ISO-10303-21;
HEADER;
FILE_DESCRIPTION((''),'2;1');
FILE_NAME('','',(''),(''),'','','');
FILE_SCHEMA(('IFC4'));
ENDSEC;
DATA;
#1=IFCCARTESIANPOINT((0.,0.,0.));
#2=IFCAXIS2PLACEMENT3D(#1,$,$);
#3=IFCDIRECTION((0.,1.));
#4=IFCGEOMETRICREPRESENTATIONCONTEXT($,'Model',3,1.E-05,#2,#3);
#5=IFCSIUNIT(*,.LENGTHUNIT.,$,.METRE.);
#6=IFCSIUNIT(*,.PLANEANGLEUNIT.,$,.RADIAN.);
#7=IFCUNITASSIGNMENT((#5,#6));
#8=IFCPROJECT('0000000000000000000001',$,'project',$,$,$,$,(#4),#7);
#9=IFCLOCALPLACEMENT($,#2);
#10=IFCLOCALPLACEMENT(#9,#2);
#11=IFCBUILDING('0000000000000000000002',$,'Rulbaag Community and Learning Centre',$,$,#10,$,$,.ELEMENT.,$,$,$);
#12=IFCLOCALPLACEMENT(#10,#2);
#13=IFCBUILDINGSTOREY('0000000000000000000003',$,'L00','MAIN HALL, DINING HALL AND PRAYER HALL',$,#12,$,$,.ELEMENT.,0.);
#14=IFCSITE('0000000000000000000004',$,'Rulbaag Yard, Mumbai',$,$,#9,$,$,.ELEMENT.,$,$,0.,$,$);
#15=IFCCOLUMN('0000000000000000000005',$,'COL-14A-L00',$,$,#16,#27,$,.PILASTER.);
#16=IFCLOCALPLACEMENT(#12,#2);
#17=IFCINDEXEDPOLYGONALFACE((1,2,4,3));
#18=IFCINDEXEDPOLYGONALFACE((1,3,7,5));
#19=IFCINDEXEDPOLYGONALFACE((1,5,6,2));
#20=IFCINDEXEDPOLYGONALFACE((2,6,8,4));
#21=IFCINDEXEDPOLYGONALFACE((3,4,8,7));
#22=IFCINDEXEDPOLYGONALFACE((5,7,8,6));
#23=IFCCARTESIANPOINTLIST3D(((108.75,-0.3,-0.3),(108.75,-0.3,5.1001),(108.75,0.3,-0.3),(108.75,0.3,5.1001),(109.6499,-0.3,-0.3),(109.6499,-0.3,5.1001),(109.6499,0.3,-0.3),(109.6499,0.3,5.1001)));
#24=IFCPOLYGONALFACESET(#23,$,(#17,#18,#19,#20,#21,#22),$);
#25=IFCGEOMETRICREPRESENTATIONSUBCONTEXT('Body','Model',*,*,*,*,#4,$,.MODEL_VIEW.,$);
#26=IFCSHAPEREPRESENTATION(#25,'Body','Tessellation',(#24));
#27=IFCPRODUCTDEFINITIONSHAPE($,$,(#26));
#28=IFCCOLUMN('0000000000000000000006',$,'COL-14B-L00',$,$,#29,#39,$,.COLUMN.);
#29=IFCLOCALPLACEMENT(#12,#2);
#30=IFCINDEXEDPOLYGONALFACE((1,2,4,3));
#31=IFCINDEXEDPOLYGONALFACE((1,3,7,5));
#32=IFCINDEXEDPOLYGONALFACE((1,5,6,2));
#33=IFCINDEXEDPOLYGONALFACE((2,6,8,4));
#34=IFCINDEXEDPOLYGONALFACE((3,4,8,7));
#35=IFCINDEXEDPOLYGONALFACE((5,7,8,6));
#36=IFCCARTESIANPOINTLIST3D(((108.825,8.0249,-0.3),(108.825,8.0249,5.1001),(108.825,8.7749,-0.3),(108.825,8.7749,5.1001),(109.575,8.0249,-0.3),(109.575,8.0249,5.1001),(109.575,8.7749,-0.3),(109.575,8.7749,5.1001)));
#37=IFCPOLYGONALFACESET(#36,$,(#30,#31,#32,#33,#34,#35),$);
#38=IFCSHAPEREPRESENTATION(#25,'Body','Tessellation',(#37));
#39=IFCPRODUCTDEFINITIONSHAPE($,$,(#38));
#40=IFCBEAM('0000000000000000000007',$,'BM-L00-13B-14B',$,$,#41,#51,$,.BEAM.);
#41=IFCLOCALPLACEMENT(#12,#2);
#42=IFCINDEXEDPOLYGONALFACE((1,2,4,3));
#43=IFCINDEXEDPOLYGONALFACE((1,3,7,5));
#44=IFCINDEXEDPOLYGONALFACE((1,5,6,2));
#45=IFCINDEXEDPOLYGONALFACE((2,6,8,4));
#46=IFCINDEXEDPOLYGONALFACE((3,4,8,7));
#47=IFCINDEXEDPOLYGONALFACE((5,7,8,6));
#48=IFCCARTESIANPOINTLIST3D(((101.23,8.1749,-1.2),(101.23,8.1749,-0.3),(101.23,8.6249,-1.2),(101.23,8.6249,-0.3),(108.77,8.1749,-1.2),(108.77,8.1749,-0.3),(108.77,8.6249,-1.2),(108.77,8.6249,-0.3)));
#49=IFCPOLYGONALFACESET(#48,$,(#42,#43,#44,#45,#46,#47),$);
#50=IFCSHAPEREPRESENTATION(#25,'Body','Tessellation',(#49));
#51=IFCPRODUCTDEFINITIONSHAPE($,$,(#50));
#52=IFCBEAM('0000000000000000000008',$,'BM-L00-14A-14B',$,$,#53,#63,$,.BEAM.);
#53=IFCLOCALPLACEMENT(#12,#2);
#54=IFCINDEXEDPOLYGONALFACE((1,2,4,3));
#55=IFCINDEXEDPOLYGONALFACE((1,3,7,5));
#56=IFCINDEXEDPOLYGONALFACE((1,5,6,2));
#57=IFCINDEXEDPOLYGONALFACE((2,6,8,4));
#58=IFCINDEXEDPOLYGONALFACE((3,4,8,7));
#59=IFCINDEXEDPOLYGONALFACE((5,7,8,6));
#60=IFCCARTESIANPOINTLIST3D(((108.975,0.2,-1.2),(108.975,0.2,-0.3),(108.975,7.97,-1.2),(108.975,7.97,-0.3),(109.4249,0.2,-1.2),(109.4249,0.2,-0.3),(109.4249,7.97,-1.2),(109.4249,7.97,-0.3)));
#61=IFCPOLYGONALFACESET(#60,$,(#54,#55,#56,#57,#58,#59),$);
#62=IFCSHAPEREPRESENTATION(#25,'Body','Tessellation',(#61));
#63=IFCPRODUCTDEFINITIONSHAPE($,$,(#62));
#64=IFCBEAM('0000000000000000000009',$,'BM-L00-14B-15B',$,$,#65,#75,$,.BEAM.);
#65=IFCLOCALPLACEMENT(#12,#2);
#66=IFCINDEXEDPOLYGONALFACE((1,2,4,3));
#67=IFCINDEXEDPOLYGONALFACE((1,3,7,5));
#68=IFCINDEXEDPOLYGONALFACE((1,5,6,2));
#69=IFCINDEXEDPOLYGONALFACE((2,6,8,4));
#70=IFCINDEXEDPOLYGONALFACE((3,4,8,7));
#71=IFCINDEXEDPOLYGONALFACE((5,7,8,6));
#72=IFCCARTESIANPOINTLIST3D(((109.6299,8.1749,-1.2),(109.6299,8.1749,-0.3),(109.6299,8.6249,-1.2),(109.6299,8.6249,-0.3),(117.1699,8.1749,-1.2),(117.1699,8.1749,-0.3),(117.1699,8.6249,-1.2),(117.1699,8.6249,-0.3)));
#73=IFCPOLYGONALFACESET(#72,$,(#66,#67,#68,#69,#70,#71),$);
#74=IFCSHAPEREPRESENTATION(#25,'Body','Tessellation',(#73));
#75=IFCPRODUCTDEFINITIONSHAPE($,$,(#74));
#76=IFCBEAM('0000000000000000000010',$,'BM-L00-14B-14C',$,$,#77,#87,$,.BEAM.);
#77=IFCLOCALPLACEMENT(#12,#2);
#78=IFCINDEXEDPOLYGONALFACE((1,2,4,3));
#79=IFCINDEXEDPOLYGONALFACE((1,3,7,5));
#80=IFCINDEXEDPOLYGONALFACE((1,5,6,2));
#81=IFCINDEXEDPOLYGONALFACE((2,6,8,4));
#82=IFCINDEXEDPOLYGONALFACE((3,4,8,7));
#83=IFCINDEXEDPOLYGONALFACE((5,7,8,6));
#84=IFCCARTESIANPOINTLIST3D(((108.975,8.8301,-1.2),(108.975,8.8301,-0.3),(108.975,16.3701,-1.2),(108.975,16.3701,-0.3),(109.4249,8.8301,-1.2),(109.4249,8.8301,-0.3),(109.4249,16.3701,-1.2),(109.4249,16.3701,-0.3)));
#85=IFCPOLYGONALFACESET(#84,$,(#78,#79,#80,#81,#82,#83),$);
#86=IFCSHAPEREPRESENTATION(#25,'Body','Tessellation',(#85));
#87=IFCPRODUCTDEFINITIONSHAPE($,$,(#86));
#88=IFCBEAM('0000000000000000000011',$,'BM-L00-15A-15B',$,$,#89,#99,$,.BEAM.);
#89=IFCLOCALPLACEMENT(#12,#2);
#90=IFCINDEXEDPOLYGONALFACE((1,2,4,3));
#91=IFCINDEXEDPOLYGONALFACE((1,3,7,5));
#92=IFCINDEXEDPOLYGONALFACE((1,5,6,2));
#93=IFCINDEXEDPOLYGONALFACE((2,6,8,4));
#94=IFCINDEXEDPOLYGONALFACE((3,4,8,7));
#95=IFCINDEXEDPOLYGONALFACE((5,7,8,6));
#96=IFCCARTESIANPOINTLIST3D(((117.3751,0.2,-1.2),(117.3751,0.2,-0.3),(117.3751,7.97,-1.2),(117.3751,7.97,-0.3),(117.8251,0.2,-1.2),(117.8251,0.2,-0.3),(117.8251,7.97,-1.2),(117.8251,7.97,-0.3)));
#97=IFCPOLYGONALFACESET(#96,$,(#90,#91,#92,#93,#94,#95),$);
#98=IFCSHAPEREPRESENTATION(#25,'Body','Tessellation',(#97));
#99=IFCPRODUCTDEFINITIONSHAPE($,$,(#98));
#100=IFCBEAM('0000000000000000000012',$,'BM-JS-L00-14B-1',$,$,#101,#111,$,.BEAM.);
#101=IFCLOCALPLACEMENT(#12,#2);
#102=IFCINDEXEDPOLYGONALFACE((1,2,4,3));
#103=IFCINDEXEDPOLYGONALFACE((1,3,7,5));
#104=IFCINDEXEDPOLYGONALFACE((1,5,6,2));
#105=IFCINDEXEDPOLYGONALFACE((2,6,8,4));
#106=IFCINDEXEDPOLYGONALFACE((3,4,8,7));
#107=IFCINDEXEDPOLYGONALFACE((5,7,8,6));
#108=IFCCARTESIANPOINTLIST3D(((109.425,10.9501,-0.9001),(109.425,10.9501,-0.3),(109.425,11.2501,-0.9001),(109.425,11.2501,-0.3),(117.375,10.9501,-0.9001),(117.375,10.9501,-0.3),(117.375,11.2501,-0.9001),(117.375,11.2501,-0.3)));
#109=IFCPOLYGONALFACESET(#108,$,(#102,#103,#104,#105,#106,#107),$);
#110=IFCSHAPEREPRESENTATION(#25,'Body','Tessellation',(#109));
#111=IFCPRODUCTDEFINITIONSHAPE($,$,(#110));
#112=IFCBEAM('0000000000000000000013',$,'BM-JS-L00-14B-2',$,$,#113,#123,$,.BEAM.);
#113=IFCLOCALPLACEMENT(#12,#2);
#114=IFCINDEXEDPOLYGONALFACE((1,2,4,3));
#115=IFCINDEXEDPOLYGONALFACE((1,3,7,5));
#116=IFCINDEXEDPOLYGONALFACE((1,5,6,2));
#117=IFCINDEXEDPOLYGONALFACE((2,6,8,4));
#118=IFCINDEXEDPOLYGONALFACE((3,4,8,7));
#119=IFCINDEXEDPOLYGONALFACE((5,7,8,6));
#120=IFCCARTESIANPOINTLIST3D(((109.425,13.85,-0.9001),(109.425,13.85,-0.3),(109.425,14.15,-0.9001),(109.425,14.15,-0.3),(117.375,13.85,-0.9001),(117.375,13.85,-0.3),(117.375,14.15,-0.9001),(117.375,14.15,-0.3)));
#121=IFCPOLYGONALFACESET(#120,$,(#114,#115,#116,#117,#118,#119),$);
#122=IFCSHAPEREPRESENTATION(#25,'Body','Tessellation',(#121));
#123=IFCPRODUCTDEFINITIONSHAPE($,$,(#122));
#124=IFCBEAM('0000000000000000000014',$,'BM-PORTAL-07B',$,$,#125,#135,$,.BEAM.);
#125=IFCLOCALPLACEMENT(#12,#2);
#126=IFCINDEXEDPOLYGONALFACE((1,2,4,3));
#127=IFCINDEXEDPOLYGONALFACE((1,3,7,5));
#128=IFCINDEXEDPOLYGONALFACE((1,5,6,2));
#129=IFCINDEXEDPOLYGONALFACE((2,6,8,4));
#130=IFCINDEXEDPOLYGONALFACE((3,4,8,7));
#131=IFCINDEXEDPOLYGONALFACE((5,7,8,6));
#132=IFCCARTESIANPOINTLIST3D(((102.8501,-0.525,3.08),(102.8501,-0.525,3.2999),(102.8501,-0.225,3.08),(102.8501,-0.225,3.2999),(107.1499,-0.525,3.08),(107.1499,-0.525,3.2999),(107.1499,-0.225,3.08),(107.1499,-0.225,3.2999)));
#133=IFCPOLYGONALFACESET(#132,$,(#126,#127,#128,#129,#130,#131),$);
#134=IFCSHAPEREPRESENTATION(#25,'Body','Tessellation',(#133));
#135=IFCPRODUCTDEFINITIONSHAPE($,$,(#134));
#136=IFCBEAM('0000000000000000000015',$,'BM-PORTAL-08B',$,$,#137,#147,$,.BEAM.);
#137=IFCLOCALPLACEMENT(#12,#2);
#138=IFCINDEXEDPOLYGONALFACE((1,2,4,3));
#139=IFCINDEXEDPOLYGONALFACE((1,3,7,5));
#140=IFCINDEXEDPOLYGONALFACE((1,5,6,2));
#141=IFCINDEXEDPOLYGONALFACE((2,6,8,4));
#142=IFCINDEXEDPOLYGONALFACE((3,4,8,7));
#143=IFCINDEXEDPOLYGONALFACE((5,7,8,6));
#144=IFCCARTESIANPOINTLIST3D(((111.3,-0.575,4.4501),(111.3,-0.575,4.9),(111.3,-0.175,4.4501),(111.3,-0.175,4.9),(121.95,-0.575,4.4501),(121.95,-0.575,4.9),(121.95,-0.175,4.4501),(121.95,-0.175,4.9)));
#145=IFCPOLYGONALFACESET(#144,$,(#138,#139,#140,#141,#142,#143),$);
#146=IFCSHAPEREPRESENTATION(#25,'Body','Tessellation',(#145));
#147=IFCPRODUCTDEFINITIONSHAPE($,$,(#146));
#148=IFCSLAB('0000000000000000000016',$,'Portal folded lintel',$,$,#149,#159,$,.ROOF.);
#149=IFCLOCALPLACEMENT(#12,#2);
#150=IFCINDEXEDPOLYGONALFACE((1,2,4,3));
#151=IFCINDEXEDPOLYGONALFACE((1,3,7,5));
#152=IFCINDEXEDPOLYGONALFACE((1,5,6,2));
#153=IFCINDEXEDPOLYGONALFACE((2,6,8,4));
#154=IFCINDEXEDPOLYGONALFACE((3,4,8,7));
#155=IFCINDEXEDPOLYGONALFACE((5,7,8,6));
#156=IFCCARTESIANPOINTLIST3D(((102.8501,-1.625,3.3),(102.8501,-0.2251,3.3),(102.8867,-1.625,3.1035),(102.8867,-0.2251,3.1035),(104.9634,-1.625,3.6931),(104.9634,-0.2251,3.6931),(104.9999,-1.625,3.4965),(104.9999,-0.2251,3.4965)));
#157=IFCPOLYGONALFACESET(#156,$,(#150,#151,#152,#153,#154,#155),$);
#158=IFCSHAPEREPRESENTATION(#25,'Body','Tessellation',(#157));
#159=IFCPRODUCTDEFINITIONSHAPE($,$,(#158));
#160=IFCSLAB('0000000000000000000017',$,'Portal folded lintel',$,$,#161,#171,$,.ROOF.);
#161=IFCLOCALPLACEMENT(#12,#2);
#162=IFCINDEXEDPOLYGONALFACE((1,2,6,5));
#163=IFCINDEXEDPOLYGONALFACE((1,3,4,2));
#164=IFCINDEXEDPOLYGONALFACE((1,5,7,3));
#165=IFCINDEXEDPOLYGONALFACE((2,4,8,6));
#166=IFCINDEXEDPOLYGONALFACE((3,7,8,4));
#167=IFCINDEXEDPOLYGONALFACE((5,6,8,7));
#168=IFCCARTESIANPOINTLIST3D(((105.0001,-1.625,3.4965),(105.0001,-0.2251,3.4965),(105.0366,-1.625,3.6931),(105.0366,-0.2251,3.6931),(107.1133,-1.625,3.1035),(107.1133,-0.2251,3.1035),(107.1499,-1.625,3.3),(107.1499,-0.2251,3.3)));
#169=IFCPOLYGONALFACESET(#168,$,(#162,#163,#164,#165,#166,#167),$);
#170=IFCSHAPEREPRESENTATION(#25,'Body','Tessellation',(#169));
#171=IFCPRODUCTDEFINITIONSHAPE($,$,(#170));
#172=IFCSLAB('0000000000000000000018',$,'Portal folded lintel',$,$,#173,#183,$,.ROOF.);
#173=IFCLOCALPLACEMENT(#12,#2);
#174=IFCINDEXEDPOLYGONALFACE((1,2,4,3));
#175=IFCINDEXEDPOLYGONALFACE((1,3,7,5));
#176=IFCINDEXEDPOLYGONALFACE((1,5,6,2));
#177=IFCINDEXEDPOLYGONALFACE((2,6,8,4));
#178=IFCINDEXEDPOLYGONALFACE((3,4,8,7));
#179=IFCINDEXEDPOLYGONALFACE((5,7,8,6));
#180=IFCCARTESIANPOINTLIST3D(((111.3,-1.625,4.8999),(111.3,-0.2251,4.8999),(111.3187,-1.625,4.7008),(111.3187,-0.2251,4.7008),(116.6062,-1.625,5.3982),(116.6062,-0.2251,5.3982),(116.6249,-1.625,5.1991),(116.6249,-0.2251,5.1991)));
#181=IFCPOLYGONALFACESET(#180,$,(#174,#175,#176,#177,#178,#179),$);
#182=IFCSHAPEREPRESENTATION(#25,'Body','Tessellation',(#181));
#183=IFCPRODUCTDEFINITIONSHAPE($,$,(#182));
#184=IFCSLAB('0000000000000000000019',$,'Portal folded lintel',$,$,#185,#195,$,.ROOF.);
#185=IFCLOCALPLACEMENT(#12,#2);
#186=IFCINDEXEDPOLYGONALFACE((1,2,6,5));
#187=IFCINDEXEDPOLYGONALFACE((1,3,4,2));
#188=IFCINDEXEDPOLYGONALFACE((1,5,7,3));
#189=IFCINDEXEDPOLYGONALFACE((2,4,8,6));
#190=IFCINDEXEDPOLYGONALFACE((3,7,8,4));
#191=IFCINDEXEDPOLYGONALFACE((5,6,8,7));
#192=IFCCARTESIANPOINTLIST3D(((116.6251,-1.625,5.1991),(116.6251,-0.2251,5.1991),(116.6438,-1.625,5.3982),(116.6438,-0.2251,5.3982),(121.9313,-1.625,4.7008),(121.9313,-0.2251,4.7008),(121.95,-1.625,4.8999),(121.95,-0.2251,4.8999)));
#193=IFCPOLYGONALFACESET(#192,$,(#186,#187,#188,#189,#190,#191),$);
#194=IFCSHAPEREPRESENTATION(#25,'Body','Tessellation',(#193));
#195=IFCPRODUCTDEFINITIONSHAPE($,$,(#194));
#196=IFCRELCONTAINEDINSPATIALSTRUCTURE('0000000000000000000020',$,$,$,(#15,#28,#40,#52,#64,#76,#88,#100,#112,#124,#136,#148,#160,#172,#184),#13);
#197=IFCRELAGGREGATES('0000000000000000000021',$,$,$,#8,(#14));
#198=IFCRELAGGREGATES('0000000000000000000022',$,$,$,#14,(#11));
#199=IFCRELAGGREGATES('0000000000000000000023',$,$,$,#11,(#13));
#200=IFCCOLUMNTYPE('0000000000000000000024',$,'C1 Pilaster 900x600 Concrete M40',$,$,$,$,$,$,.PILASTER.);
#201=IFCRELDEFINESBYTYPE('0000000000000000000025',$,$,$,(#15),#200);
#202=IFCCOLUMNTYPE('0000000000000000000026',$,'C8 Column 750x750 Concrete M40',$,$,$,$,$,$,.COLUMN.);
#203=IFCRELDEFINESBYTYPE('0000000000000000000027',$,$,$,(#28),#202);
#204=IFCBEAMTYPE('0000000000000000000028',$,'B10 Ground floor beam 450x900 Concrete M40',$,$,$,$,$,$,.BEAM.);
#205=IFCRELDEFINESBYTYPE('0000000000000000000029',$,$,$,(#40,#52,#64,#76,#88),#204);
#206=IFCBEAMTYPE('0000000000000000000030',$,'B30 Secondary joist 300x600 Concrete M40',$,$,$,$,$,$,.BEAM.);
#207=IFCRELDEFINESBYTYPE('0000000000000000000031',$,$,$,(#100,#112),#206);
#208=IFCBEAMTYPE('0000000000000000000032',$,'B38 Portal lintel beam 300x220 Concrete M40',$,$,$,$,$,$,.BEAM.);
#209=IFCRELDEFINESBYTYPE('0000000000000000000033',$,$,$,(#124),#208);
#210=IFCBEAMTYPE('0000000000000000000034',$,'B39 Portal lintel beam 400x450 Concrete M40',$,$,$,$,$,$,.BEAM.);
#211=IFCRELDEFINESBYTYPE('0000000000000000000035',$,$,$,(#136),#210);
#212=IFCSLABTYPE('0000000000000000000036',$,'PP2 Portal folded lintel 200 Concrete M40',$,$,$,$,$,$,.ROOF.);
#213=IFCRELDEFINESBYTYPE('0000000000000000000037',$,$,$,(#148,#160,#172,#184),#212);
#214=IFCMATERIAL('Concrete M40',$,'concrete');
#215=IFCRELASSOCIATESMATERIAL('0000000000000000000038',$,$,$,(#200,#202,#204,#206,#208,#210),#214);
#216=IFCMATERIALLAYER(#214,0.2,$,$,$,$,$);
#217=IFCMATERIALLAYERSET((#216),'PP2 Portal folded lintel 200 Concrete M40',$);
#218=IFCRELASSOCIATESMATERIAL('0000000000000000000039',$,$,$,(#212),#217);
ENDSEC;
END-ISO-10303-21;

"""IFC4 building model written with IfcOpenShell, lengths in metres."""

from ifc_helpers import new_model, si_unit, direction, frame, origin, origin_2d, place, context, subcontext, project, spatial, polyline, rectangle, outline, extrude, material, layer, layer_set, material_profile, profile_set, type_object, element, save


model = new_model("IFC4")

# Units and contexts
model_context = context("Model", 3, precision=1e-05, world=origin(), true_north=direction((0.0, 1.0)))
body_context = subcontext(model_context, "Body", "Model", "MODEL_VIEW")
ifc_project = project(units=[si_unit("LENGTHUNIT", "METRE"), si_unit("PLANEANGLEUNIT", "RADIAN")], contexts=[model_context])

# Site, building, storey
site_placement = place(None, origin())
site = spatial("IfcSite", under=ifc_project, at=site_placement, Name="Rulbaag Yard, Mumbai", CompositionType="ELEMENT", RefElevation=0.0)
building_placement = place(site_placement, origin())
building = spatial("IfcBuilding", under=site, at=building_placement, Name="Rulbaag Community and Learning Centre", CompositionType="ELEMENT")
storey_placement = place(building_placement, origin())
storey = spatial("IfcBuildingStorey", under=building, at=storey_placement, Name="L00", Description="MAIN HALL, DINING HALL AND PRAYER HALL", CompositionType="ELEMENT", Elevation=0.0)

# Columns
ifc_material_1 = material(Name="Concrete M40", Category="concrete")
ifc_material_profile_1 = material_profile(ifc_material_1, rectangle(XDim=0.8999, YDim=0.6001, at=origin_2d()), Name="RC900x600")
ifc_profile_set_1 = profile_set([ifc_material_profile_1], Name="Concrete M40")
column_type_1 = type_object("IfcColumnType", Name="C1 Pilaster 900x600 Concrete M40", PredefinedType="PILASTER", material=ifc_profile_set_1)
column_1_placement = place(storey_placement, frame((109.2, 0.0, -0.3), z_axis=(0.0, 0.0, 1.0), x_axis=(1.0, 0.0, 0.0)))
element("IfcColumn", 1, at=column_1_placement, inside=storey, type_object=column_type_1, Name="COL-14A-L00", PredefinedType="PILASTER", context=body_context, shape_type="SweptSolid", body=[
    extrude(rectangle(XDim=0.8999, YDim=0.6001, at=origin_2d()), origin(), (0.0, 0.0, 1.0), 5.4001),
])
ifc_material_profile_2 = material_profile(ifc_material_1, rectangle(XDim=0.75, YDim=0.75, at=origin_2d()), Name="RC750x750")
ifc_profile_set_2 = profile_set([ifc_material_profile_2], Name="Concrete M40")
column_type_2 = type_object("IfcColumnType", Name="C8 Column 750x750 Concrete M40", PredefinedType="COLUMN", material=ifc_profile_set_2)
column_2_placement = place(storey_placement, frame((109.2, 8.3999, -0.3), z_axis=(0.0, 0.0, 1.0), x_axis=(1.0, 0.0, 0.0)))
element("IfcColumn", 2, at=column_2_placement, inside=storey, type_object=column_type_2, Name="COL-14B-L00", PredefinedType="COLUMN", context=body_context, shape_type="SweptSolid", body=[
    extrude(rectangle(XDim=0.75, YDim=0.75, at=origin_2d()), origin(), (0.0, 0.0, 1.0), 5.4001),
])

# Beams
ifc_material_profile_3 = material_profile(ifc_material_1, rectangle(XDim=0.45, YDim=0.8999, at=origin_2d()), Name="RB450x900")
ifc_profile_set_3 = profile_set([ifc_material_profile_3], Name="Concrete M40")
beam_type_1 = type_object("IfcBeamType", Name="B10 Ground floor beam 450x900 Concrete M40", PredefinedType="BEAM", material=ifc_profile_set_3)
beam_1_placement = place(storey_placement, frame((101.23, 8.3999, -0.75), z_axis=(1.0, 0.0, 0.0), x_axis=(0.0, 1.0, 0.0)))
element("IfcBeam", 3, at=beam_1_placement, inside=storey, type_object=beam_type_1, Name="BM-L00-13B-14B", PredefinedType="BEAM", context=body_context, shape_type="SweptSolid", body=[
    extrude(rectangle(XDim=0.45, YDim=0.8999, at=origin_2d()), origin(), (0.0, 0.0, 1.0), 7.54),
])
beam_2_placement = place(storey_placement, frame((109.2, 0.2, -0.75), z_axis=(0.0, 1.0, 0.0), x_axis=(-1.0, 0.0, 0.0)))
element("IfcBeam", 4, at=beam_2_placement, inside=storey, type_object=beam_type_1, Name="BM-L00-14A-14B", PredefinedType="BEAM", context=body_context, shape_type="SweptSolid", body=[
    extrude(rectangle(XDim=0.45, YDim=0.8999, at=origin_2d()), origin(), (0.0, 0.0, 1.0), 7.77),
])
for number, where, z_axis, x_axis, name in (
    (5, (109.6299, 8.3999, -0.75), (1.0, 0.0, 0.0), (0.0, 1.0, 0.0), "BM-L00-14B-15B"),
    (6, (109.2, 8.8301, -0.75), (0.0, 1.0, 0.0), (-1.0, 0.0, 0.0), "BM-L00-14B-14C"),
):
    element("IfcBeam", number, at=place(storey_placement, frame(where, z_axis=z_axis, x_axis=x_axis)), inside=storey, type_object=beam_type_1, Name=name, PredefinedType="BEAM", context=body_context, shape_type="SweptSolid", body=[
        extrude(rectangle(XDim=0.45, YDim=0.8999, at=origin_2d()), origin(), (0.0, 0.0, 1.0), 7.54),
    ])
beam_3_placement = place(storey_placement, frame((117.6001, 0.2, -0.75), z_axis=(0.0, 1.0, 0.0), x_axis=(-1.0, 0.0, 0.0)))
element("IfcBeam", 7, at=beam_3_placement, inside=storey, type_object=beam_type_1, Name="BM-L00-15A-15B", PredefinedType="BEAM", context=body_context, shape_type="SweptSolid", body=[
    extrude(rectangle(XDim=0.45, YDim=0.8999, at=origin_2d()), origin(), (0.0, 0.0, 1.0), 7.77),
])
ifc_material_profile_4 = material_profile(ifc_material_1, rectangle(XDim=0.3, YDim=0.6001, at=origin_2d()), Name="RB300x600")
ifc_profile_set_4 = profile_set([ifc_material_profile_4], Name="Concrete M40")
beam_type_2 = type_object("IfcBeamType", Name="B30 Secondary joist 300x600 Concrete M40", PredefinedType="BEAM", material=ifc_profile_set_4)
for number, where, z_axis, x_axis, name in (
    (8, (109.425, 11.1001, -0.6001), (1.0, 0.0, 0.0), (0.0, 1.0, 0.0), "BM-JS-L00-14B-1"),
    (9, (109.425, 14.0, -0.6001), (1.0, 0.0, 0.0), (0.0, 1.0, 0.0), "BM-JS-L00-14B-2"),
):
    element("IfcBeam", number, at=place(storey_placement, frame(where, z_axis=z_axis, x_axis=x_axis)), inside=storey, type_object=beam_type_2, Name=name, PredefinedType="BEAM", context=body_context, shape_type="SweptSolid", body=[
        extrude(rectangle(XDim=0.3, YDim=0.6001, at=origin_2d()), origin(), (0.0, 0.0, 1.0), 7.95),
    ])
ifc_material_profile_5 = material_profile(ifc_material_1, rectangle(XDim=0.3, YDim=0.22, at=origin_2d()), Name="RB300x220")
ifc_profile_set_5 = profile_set([ifc_material_profile_5], Name="Concrete M40")
beam_type_3 = type_object("IfcBeamType", Name="B38 Portal lintel beam 300x220 Concrete M40", PredefinedType="BEAM", material=ifc_profile_set_5)
beam_4_placement = place(storey_placement, frame((102.8501, -0.375, 3.1899), z_axis=(1.0, 0.0, 0.0), x_axis=(0.0, 1.0, 0.0)))
element("IfcBeam", 10, at=beam_4_placement, inside=storey, type_object=beam_type_3, Name="BM-PORTAL-07B", PredefinedType="BEAM", context=body_context, shape_type="SweptSolid", body=[
    extrude(rectangle(XDim=0.3, YDim=0.22, at=origin_2d()), origin(), (0.0, 0.0, 1.0), 4.2998),
])
ifc_material_profile_6 = material_profile(ifc_material_1, rectangle(XDim=0.3999, YDim=0.45, at=origin_2d()), Name="RB400x450")
ifc_profile_set_6 = profile_set([ifc_material_profile_6], Name="Concrete M40")
beam_type_4 = type_object("IfcBeamType", Name="B39 Portal lintel beam 400x450 Concrete M40", PredefinedType="BEAM", material=ifc_profile_set_6)
beam_5_placement = place(storey_placement, frame((111.3, -0.375, 4.675), z_axis=(1.0, 0.0, 0.0), x_axis=(0.0, 1.0, 0.0)))
element("IfcBeam", 11, at=beam_5_placement, inside=storey, type_object=beam_type_4, Name="BM-PORTAL-08B", PredefinedType="BEAM", context=body_context, shape_type="SweptSolid", body=[
    extrude(rectangle(XDim=0.3999, YDim=0.45, at=origin_2d()), origin(), (0.0, 0.0, 1.0), 10.6499),
])

# Slabs
ifc_layer_1 = layer(ifc_material_1, 0.2)
ifc_layer_set_1 = layer_set([ifc_layer_1], Name="PP2 Portal folded lintel 200 Concrete M40")
slab_type = type_object("IfcSlabType", Name="PP2 Portal folded lintel 200 Concrete M40", PredefinedType="ROOF", material=ifc_layer_set_1)
for number, where, z_axis, x_axis, name in (
    (12, (102.8501, -0.2251, 3.3), (-0.182862, 0.0, 0.983139), (0.983139, 0.0, 0.182862), "Portal folded lintel"),
    (13, (105.0366, -0.2251, 3.6931), (0.182862, 0.0, 0.983139), (0.983139, 0.0, -0.182862), "Portal folded lintel"),
):
    element("IfcSlab", number, at=place(storey_placement, frame(where, z_axis=z_axis, x_axis=x_axis)), inside=storey, type_object=slab_type, Name=name, PredefinedType="ROOF", context=body_context, shape_type="SweptSolid", body=[
        extrude(outline(polyline([(0.0, 0.0), (2.1495, 0.0), (2.1495, -1.3999), (0.0, -1.3999), (0.0, 0.0)])), origin(), (0.0, 0.0, -1.0), 0.2),
    ])
for number, where, z_axis, x_axis, name in (
    (14, (111.3, -0.2251, 4.8999), (-0.093497, 0.0, 0.99562), (0.99562, 0.0, 0.093497), "Portal folded lintel"),
    (15, (116.6438, -0.2251, 5.3982), (0.093497, 0.0, 0.99562), (0.99562, 0.0, -0.093497), "Portal folded lintel"),
):
    element("IfcSlab", number, at=place(storey_placement, frame(where, z_axis=z_axis, x_axis=x_axis)), inside=storey, type_object=slab_type, Name=name, PredefinedType="ROOF", context=body_context, shape_type="SweptSolid", body=[
        extrude(outline(polyline([(0.0, 0.0), (5.3295, 0.0), (5.3295, -1.3999), (0.0, -1.3999), (0.0, 0.0)])), origin(), (0.0, 0.0, -1.0), 0.2),
    ])

save(model, "model.ifc")
